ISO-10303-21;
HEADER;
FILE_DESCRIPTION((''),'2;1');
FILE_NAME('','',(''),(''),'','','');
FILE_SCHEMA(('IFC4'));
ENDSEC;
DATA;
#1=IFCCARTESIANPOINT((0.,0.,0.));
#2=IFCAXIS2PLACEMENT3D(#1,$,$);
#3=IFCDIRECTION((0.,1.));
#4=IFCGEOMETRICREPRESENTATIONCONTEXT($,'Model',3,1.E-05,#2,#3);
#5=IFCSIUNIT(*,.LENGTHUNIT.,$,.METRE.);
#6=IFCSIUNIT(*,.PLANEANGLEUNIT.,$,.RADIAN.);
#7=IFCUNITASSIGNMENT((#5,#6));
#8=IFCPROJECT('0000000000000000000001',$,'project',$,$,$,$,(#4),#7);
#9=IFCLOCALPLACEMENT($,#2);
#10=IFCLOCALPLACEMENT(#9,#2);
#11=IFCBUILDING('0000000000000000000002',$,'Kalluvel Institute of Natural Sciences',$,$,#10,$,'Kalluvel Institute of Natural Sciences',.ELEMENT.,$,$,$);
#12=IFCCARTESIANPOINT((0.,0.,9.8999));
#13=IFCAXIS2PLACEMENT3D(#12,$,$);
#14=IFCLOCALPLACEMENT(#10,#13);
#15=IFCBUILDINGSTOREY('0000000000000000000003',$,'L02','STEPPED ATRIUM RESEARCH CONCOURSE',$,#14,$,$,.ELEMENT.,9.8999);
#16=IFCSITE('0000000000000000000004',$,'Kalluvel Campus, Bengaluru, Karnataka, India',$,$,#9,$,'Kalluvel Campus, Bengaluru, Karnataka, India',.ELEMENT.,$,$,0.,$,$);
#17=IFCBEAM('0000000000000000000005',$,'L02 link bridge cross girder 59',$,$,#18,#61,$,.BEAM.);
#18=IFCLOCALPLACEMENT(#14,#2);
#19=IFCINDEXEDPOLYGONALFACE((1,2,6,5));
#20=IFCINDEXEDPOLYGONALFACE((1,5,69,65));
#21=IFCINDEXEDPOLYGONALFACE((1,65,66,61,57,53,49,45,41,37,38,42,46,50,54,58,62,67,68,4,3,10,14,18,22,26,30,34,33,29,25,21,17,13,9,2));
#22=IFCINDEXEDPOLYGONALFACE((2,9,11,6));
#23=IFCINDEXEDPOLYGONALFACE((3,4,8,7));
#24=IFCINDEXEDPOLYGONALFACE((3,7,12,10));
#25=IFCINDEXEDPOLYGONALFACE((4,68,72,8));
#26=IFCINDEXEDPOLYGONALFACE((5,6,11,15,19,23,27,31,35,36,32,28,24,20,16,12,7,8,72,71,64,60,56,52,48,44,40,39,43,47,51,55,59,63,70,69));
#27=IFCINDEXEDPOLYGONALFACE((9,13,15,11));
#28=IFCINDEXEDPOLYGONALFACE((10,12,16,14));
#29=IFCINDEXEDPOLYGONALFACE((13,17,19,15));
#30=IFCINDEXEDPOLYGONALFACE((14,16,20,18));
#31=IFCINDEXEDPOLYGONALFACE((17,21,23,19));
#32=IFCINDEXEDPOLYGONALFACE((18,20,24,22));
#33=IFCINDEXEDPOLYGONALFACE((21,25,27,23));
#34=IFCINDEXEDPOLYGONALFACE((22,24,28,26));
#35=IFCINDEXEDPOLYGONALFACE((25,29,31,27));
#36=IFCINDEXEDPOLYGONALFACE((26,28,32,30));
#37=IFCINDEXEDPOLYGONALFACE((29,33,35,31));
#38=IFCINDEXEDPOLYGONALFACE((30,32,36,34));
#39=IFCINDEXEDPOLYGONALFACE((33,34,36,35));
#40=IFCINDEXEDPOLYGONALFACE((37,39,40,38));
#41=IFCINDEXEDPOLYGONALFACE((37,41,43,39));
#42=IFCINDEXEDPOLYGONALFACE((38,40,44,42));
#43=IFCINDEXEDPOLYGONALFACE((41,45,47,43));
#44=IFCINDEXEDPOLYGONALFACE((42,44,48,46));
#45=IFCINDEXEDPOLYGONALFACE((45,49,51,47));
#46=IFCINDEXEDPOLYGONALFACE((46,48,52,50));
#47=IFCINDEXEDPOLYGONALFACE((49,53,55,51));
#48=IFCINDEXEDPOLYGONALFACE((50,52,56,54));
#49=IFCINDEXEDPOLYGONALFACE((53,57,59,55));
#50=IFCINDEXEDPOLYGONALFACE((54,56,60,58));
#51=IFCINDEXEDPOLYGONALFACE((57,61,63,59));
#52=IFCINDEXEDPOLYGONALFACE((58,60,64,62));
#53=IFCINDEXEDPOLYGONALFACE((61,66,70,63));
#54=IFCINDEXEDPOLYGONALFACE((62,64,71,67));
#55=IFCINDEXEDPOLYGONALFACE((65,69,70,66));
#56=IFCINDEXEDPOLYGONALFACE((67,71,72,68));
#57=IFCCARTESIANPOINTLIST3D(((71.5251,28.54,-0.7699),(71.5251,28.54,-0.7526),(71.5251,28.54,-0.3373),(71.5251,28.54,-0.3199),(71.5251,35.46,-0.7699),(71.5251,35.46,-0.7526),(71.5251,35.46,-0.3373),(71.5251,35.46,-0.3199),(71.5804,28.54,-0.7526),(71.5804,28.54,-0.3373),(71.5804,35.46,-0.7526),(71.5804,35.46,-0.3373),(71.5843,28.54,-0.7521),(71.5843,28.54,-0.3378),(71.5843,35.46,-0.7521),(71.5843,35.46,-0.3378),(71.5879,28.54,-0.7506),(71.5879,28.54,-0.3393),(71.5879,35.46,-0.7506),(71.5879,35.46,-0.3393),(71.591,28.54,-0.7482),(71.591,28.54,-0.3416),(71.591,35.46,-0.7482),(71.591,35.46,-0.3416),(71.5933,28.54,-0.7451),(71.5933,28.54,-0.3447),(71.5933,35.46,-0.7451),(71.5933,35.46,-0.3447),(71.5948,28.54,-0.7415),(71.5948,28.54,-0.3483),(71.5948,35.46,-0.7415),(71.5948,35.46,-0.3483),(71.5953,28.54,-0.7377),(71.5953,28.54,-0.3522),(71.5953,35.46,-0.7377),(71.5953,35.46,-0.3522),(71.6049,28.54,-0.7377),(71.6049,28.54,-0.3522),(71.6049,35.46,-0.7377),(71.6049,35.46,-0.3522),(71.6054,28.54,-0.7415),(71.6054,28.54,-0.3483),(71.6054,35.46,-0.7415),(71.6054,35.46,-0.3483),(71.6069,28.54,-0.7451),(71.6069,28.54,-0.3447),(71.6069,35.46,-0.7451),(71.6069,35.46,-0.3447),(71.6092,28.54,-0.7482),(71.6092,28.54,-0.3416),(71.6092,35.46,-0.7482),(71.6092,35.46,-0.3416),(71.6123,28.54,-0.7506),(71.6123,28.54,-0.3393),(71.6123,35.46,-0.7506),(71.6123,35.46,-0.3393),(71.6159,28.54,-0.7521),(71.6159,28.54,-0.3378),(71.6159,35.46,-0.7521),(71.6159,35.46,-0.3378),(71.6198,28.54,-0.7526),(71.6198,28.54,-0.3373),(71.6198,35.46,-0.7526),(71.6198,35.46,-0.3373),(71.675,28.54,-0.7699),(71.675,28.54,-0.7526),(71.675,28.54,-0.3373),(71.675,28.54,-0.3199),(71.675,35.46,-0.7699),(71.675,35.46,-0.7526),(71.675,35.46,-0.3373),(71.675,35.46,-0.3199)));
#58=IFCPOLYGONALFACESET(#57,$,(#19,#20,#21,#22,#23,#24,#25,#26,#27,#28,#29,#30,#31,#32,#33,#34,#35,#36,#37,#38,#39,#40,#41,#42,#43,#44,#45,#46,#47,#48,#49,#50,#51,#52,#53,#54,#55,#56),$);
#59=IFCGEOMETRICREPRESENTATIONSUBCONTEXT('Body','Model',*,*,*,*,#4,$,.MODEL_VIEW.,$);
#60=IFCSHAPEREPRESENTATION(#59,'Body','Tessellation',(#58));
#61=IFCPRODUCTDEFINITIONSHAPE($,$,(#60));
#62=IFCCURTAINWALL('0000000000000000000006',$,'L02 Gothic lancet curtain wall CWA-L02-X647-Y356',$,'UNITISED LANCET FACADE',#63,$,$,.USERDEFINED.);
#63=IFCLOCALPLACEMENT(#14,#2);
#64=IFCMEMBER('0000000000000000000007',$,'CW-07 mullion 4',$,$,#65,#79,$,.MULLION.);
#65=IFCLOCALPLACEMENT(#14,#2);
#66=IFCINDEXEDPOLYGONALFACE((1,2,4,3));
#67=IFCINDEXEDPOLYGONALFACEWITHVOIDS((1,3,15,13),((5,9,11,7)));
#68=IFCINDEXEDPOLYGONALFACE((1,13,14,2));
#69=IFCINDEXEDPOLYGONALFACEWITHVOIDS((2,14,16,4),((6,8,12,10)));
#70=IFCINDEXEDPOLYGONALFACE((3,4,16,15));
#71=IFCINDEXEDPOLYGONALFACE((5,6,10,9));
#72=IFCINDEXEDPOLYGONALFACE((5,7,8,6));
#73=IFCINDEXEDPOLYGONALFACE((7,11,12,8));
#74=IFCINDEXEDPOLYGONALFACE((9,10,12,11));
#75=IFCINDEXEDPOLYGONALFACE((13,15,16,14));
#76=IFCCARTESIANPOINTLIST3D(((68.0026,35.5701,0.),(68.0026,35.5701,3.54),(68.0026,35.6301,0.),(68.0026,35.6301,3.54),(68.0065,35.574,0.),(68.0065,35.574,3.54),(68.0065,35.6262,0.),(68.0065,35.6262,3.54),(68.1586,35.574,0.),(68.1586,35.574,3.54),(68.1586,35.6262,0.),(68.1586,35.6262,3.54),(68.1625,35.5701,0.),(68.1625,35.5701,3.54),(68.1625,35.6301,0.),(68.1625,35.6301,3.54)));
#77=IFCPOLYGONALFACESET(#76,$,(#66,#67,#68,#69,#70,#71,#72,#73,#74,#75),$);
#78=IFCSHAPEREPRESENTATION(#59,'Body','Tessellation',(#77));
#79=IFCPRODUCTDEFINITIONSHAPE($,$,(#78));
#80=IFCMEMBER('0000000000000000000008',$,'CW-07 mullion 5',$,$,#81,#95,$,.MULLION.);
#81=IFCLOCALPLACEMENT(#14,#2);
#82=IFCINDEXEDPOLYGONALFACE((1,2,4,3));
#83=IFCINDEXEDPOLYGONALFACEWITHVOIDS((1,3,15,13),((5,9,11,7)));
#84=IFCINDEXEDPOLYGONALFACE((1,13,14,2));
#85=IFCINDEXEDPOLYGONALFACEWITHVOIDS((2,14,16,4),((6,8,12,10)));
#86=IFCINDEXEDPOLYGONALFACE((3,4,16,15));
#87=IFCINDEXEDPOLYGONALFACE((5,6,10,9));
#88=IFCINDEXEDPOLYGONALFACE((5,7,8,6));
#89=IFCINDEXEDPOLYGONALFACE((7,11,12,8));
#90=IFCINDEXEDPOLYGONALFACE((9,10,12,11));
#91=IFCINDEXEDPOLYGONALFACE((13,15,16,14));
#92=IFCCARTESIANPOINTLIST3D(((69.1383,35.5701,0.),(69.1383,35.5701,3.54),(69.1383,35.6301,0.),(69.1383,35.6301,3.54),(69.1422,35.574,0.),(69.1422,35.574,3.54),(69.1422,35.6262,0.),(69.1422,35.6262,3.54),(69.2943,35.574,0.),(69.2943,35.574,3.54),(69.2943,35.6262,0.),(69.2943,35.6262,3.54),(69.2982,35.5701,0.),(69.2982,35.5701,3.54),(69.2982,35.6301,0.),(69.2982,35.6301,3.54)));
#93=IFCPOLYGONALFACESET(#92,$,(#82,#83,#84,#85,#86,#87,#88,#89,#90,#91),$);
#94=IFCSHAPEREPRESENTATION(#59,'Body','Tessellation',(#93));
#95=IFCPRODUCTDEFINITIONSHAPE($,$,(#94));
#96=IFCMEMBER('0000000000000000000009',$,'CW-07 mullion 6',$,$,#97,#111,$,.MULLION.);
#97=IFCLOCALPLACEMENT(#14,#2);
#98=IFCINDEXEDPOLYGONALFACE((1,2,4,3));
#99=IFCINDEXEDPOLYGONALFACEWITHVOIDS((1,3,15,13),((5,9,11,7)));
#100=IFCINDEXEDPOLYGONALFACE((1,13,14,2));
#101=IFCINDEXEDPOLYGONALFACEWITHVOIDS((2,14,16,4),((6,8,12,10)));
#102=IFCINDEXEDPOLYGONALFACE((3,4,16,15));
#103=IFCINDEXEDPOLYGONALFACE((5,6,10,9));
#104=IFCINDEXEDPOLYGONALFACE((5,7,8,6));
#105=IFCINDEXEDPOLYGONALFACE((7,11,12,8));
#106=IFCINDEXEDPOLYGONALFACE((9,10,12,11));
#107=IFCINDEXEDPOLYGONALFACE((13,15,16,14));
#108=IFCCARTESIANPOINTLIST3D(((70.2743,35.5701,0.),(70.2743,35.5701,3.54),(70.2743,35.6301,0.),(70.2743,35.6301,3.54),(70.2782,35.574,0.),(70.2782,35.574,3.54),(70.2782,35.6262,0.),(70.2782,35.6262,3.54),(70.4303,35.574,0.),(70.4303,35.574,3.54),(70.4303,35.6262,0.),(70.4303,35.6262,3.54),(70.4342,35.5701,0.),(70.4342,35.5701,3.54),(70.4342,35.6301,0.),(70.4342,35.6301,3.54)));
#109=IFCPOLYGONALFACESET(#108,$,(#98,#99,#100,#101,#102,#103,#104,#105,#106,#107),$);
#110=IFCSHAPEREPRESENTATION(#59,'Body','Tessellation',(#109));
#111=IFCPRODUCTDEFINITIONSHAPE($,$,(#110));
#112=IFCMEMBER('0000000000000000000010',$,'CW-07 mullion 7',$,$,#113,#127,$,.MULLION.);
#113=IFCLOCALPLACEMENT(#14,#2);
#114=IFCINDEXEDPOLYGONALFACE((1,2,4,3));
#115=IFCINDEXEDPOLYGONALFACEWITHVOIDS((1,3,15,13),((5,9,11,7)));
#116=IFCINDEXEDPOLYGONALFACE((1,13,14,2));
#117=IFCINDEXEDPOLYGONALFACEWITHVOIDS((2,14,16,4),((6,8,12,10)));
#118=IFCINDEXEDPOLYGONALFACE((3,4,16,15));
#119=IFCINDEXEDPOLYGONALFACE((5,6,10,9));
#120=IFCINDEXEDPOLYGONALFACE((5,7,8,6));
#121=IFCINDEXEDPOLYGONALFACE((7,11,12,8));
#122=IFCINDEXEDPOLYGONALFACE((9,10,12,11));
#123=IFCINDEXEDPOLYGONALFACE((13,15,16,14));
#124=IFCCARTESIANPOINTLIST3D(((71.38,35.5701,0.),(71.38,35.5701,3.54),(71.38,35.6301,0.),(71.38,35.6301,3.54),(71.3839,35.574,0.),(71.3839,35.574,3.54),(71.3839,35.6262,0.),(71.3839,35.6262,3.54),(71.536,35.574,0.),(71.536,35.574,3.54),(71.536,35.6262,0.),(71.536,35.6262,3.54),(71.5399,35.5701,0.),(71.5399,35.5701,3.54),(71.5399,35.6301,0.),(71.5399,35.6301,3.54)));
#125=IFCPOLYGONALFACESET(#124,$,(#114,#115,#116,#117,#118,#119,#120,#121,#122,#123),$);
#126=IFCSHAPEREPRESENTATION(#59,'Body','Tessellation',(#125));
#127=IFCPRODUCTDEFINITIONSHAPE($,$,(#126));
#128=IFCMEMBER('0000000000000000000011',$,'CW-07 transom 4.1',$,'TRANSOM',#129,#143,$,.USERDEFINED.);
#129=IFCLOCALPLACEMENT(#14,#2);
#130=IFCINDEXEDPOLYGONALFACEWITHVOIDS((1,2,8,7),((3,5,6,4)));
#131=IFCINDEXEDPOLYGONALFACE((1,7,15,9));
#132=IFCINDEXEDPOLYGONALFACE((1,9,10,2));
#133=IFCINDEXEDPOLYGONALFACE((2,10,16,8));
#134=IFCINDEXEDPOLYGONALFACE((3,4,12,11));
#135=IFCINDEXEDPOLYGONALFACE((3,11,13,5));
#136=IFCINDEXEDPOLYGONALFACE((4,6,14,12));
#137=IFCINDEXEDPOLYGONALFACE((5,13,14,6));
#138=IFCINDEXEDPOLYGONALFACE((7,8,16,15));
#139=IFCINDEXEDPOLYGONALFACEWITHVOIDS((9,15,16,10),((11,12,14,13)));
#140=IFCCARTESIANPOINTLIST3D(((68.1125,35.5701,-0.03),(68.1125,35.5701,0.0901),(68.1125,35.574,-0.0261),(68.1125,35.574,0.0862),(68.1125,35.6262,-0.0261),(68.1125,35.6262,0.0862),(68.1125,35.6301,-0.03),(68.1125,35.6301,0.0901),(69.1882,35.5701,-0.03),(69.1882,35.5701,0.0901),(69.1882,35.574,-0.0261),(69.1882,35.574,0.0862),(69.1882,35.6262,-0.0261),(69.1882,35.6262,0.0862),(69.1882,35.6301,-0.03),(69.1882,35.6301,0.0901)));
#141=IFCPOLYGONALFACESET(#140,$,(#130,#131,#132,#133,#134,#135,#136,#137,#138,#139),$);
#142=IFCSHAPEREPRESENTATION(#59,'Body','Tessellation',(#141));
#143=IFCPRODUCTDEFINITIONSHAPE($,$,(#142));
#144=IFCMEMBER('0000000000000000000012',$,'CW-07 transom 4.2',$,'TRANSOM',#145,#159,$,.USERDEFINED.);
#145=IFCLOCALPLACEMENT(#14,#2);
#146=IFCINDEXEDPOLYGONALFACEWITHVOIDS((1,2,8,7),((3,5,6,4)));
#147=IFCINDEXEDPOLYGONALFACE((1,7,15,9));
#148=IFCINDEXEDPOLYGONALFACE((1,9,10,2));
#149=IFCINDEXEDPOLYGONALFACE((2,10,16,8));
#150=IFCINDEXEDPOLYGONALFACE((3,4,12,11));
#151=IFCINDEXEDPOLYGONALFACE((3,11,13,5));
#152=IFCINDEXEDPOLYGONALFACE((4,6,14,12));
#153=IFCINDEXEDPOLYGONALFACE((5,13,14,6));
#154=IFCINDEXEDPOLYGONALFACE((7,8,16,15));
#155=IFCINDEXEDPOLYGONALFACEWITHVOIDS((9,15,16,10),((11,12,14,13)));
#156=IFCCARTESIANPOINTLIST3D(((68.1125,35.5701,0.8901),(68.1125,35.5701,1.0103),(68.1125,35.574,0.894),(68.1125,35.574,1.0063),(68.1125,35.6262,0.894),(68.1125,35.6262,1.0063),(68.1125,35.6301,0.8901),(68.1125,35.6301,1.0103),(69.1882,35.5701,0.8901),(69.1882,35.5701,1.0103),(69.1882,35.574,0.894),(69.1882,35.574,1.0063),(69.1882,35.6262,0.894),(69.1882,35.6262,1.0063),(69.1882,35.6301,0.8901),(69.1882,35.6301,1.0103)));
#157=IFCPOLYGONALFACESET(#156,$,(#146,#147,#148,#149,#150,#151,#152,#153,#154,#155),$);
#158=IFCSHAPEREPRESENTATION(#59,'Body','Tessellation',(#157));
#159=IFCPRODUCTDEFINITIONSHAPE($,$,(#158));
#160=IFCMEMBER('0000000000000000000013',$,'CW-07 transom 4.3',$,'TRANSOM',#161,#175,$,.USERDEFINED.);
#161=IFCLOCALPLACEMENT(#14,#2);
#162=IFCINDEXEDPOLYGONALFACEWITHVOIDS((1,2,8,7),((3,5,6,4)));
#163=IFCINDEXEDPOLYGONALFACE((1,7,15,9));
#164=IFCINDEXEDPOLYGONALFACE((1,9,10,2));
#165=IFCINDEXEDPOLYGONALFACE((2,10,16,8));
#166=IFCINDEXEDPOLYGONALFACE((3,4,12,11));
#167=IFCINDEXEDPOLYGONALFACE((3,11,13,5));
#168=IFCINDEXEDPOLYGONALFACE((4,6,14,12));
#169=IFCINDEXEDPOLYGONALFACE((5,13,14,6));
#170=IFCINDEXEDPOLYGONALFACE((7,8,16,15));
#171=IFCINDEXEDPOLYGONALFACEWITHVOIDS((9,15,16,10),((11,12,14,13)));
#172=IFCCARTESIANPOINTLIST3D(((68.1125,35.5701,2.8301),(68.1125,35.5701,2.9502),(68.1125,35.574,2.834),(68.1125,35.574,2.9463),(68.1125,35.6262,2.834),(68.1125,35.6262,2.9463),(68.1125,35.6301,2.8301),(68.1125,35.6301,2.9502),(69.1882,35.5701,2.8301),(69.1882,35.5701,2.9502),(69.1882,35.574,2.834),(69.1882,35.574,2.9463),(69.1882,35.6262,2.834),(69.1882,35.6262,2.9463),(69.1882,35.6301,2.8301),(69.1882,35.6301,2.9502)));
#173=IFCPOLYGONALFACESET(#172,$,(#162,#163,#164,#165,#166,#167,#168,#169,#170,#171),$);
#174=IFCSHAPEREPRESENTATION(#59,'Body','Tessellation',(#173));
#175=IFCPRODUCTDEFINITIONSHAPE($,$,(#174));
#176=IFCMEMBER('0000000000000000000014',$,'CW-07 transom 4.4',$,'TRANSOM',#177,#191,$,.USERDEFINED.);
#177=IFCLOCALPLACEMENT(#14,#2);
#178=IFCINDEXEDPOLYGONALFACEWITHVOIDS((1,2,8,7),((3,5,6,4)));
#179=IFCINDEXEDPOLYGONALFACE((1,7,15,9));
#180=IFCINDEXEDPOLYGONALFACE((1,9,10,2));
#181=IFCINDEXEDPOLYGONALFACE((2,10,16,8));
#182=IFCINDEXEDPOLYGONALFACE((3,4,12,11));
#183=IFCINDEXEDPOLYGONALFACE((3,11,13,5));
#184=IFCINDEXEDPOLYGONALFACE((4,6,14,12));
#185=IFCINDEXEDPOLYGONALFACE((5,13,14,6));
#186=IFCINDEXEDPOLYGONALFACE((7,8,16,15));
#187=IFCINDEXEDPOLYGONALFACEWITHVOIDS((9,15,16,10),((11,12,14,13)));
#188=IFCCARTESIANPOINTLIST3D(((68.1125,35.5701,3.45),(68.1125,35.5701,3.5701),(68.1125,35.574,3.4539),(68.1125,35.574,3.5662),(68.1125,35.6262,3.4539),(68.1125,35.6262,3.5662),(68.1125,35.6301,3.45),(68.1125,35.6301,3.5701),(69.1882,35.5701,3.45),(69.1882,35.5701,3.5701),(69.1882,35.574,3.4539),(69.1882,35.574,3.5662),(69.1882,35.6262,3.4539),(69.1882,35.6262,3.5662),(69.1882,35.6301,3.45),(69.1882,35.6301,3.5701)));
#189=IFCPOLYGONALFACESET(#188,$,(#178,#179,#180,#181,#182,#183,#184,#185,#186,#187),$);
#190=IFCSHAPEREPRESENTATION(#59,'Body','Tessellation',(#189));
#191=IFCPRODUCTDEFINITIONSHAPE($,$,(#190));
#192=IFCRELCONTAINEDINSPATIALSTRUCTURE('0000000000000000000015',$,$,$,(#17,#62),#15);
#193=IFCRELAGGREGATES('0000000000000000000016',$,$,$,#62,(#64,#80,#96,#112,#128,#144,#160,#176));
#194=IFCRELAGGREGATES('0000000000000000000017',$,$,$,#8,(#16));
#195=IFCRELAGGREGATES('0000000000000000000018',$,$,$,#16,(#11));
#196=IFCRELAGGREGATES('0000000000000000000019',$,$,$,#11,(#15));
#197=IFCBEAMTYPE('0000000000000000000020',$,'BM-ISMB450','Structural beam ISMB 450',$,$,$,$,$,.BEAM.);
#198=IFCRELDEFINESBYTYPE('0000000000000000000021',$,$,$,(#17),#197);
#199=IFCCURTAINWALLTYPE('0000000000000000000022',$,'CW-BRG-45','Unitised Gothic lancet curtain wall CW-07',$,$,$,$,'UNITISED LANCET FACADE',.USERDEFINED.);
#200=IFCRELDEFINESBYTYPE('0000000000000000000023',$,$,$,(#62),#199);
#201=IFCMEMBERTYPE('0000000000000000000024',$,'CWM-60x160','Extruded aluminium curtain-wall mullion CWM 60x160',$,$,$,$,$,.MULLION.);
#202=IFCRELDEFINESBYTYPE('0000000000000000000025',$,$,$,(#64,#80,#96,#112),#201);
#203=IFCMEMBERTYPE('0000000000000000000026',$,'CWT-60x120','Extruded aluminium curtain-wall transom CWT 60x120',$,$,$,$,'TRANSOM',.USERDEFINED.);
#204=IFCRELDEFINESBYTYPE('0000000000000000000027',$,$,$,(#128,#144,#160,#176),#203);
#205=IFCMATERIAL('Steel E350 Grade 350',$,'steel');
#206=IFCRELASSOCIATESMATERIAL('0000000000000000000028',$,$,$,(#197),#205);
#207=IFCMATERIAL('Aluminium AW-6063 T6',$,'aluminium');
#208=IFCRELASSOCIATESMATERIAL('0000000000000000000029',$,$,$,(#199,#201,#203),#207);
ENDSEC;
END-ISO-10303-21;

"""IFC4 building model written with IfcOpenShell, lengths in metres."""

from ifc_helpers import new_model, si_unit, direction, frame, origin, origin_2d, place, context, subcontext, project, spatial, hollow_rectangle, i_section, extrude, material, material_profile, profile_set, type_object, element, aggregate, save


model = new_model("IFC4")

# Units and contexts
model_context = context("Model", 3, precision=1e-05, world=origin(), true_north=direction((0.0, 1.0)))
body_context = subcontext(model_context, "Body", "Model", "MODEL_VIEW")
ifc_project = project(units=[si_unit("LENGTHUNIT", "METRE"), si_unit("PLANEANGLEUNIT", "RADIAN")], contexts=[model_context])

# Site, building, storey
site_placement = place(None, origin())
site = spatial("IfcSite", under=ifc_project, at=site_placement, Name="Kalluvel Campus, Bengaluru, Karnataka, India", LongName="Kalluvel Campus, Bengaluru, Karnataka, India", CompositionType="ELEMENT", RefElevation=0.0)
building_placement = place(site_placement, origin())
building = spatial("IfcBuilding", under=site, at=building_placement, Name="Kalluvel Institute of Natural Sciences", LongName="Kalluvel Institute of Natural Sciences", CompositionType="ELEMENT")
storey_placement = place(building_placement, frame((0.0, 0.0, 9.8999)))
storey = spatial("IfcBuildingStorey", under=building, at=storey_placement, Name="L02", Description="STEPPED ATRIUM RESEARCH CONCOURSE", CompositionType="ELEMENT", Elevation=9.8999)

# Beam
ifc_material_1 = material(Name="Steel E350 Grade 350", Category="steel")
ifc_material_profile_1 = material_profile(ifc_material_1, i_section(OverallWidth=0.1499, OverallDepth=0.45, WebThickness=0.0095, FlangeThickness=0.0173, FilletRadius=0.0149, at=origin_2d()), Name="ISMB 450")
ifc_profile_set_1 = profile_set([ifc_material_profile_1], Name="Steel E350 Grade 350")
beam_type = type_object("IfcBeamType", Name="BM-ISMB450", Description="Structural beam ISMB 450", PredefinedType="BEAM", material=ifc_profile_set_1)
beam_placement = place(storey_placement, frame((71.6001, 28.54, -0.5449), z_axis=(0.0, 1.0, 0.0), x_axis=(-1.0, 0.0, 0.0)))
element("IfcBeam", 1, at=beam_placement, inside=storey, type_object=beam_type, Name="L02 link bridge cross girder 59", PredefinedType="BEAM", context=body_context, shape_type="SweptSolid", body=[
    extrude(i_section(OverallWidth=0.1499, OverallDepth=0.45, WebThickness=0.0095, FlangeThickness=0.0173, FilletRadius=0.0149, at=origin_2d()), origin(), (0.0, 0.0, 1.0), 6.9199),
])

# Curtain wall, members
ifc_material_2 = material(Name="Aluminium AW-6063 T6", Category="aluminium")
curtain_wall_type = type_object("IfcCurtainWallType", Name="CW-BRG-45", Description="Unitised Gothic lancet curtain wall CW-07", ElementType="UNITISED LANCET FACADE", PredefinedType="USERDEFINED", material=ifc_material_2)
curtain_wall_placement = place(storey_placement, origin())
curtain_wall = element("IfcCurtainWall", 2, at=curtain_wall_placement, inside=storey, type_object=curtain_wall_type, Name="L02 Gothic lancet curtain wall CWA-L02-X647-Y356", ObjectType="UNITISED LANCET FACADE", PredefinedType="USERDEFINED")
ifc_material_profile_2 = material_profile(ifc_material_2, hollow_rectangle(XDim=0.0601, YDim=0.1599, WallThickness=0.0039, at=origin_2d()), Name="CWM 60x160")
ifc_profile_set_2 = profile_set([ifc_material_profile_2], Name="Aluminium AW-6063 T6")
member_type_1 = type_object("IfcMemberType", Name="CWM-60x160", Description="Extruded aluminium curtain-wall mullion CWM 60x160", PredefinedType="MULLION", material=ifc_profile_set_2)
member_1_placement = place(storey_placement, frame((68.0825, 35.6001, 0.0), z_axis=(0.0, 0.0, 1.0), x_axis=(0.0, 1.0, 0.0)))
member_1 = element("IfcMember", 3, at=member_1_placement, type_object=member_type_1, Name="CW-07 mullion 4", PredefinedType="MULLION", context=body_context, shape_type="SweptSolid", body=[
    extrude(hollow_rectangle(XDim=0.0601, YDim=0.1599, WallThickness=0.0039, at=origin_2d()), origin(), (0.0, 0.0, 1.0), 3.54),
])
member_2_placement = place(storey_placement, frame((69.2183, 35.6001, 0.0), z_axis=(0.0, 0.0, 1.0), x_axis=(0.0, 1.0, 0.0)))
member_2 = element("IfcMember", 4, at=member_2_placement, type_object=member_type_1, Name="CW-07 mullion 5", PredefinedType="MULLION", context=body_context, shape_type="SweptSolid", body=[
    extrude(hollow_rectangle(XDim=0.0601, YDim=0.1599, WallThickness=0.0039, at=origin_2d()), origin(), (0.0, 0.0, 1.0), 3.54),
])
member_3_placement = place(storey_placement, frame((70.3542, 35.6001, 0.0), z_axis=(0.0, 0.0, 1.0), x_axis=(0.0, 1.0, 0.0)))
member_3 = element("IfcMember", 5, at=member_3_placement, type_object=member_type_1, Name="CW-07 mullion 6", PredefinedType="MULLION", context=body_context, shape_type="SweptSolid", body=[
    extrude(hollow_rectangle(XDim=0.0601, YDim=0.1599, WallThickness=0.0039, at=origin_2d()), origin(), (0.0, 0.0, 1.0), 3.54),
])
member_4_placement = place(storey_placement, frame((71.46, 35.6001, 0.0), z_axis=(0.0, 0.0, 1.0), x_axis=(0.0, 1.0, 0.0)))
member_4 = element("IfcMember", 6, at=member_4_placement, type_object=member_type_1, Name="CW-07 mullion 7", PredefinedType="MULLION", context=body_context, shape_type="SweptSolid", body=[
    extrude(hollow_rectangle(XDim=0.0601, YDim=0.1599, WallThickness=0.0039, at=origin_2d()), origin(), (0.0, 0.0, 1.0), 3.54),
])
ifc_material_profile_3 = material_profile(ifc_material_2, hollow_rectangle(XDim=0.0601, YDim=0.1201, WallThickness=0.0039, at=origin_2d()), Name="CWT 60x120")
ifc_profile_set_3 = profile_set([ifc_material_profile_3], Name="Aluminium AW-6063 T6")
member_type_2 = type_object("IfcMemberType", Name="CWT-60x120", Description="Extruded aluminium curtain-wall transom CWT 60x120", ElementType="TRANSOM", PredefinedType="USERDEFINED", material=ifc_profile_set_3)
member_5_placement = place(storey_placement, frame((68.1125, 35.6001, 0.03), z_axis=(1.0, 0.0, 0.0), x_axis=(0.0, 1.0, 0.0)))
member_5 = element("IfcMember", 7, at=member_5_placement, type_object=member_type_2, Name="CW-07 transom 4.1", ObjectType="TRANSOM", PredefinedType="USERDEFINED", context=body_context, shape_type="SweptSolid", body=[
    extrude(hollow_rectangle(XDim=0.0601, YDim=0.1201, WallThickness=0.0039, at=origin_2d()), origin(), (0.0, 0.0, 1.0), 1.0757),
])
member_6_placement = place(storey_placement, frame((68.1125, 35.6001, 0.9502), z_axis=(1.0, 0.0, 0.0), x_axis=(0.0, 1.0, 0.0)))
member_6 = element("IfcMember", 8, at=member_6_placement, type_object=member_type_2, Name="CW-07 transom 4.2", ObjectType="TRANSOM", PredefinedType="USERDEFINED", context=body_context, shape_type="SweptSolid", body=[
    extrude(hollow_rectangle(XDim=0.0601, YDim=0.1201, WallThickness=0.0039, at=origin_2d()), origin(), (0.0, 0.0, 1.0), 1.0757),
])
member_7_placement = place(storey_placement, frame((68.1125, 35.6001, 2.8901), z_axis=(1.0, 0.0, 0.0), x_axis=(0.0, 1.0, 0.0)))
member_7 = element("IfcMember", 9, at=member_7_placement, type_object=member_type_2, Name="CW-07 transom 4.3", ObjectType="TRANSOM", PredefinedType="USERDEFINED", context=body_context, shape_type="SweptSolid", body=[
    extrude(hollow_rectangle(XDim=0.0601, YDim=0.1201, WallThickness=0.0039, at=origin_2d()), origin(), (0.0, 0.0, 1.0), 1.0757),
])
member_8_placement = place(storey_placement, frame((68.1125, 35.6001, 3.51), z_axis=(1.0, 0.0, 0.0), x_axis=(0.0, 1.0, 0.0)))
member_8 = element("IfcMember", 10, at=member_8_placement, type_object=member_type_2, Name="CW-07 transom 4.4", ObjectType="TRANSOM", PredefinedType="USERDEFINED", context=body_context, shape_type="SweptSolid", body=[
    extrude(hollow_rectangle(XDim=0.0601, YDim=0.1201, WallThickness=0.0039, at=origin_2d()), origin(), (0.0, 0.0, 1.0), 1.0757),
])

aggregate(curtain_wall, [member_1, member_2, member_3, member_4, member_5, member_6, member_7, member_8])

save(model, "model.ifc")
